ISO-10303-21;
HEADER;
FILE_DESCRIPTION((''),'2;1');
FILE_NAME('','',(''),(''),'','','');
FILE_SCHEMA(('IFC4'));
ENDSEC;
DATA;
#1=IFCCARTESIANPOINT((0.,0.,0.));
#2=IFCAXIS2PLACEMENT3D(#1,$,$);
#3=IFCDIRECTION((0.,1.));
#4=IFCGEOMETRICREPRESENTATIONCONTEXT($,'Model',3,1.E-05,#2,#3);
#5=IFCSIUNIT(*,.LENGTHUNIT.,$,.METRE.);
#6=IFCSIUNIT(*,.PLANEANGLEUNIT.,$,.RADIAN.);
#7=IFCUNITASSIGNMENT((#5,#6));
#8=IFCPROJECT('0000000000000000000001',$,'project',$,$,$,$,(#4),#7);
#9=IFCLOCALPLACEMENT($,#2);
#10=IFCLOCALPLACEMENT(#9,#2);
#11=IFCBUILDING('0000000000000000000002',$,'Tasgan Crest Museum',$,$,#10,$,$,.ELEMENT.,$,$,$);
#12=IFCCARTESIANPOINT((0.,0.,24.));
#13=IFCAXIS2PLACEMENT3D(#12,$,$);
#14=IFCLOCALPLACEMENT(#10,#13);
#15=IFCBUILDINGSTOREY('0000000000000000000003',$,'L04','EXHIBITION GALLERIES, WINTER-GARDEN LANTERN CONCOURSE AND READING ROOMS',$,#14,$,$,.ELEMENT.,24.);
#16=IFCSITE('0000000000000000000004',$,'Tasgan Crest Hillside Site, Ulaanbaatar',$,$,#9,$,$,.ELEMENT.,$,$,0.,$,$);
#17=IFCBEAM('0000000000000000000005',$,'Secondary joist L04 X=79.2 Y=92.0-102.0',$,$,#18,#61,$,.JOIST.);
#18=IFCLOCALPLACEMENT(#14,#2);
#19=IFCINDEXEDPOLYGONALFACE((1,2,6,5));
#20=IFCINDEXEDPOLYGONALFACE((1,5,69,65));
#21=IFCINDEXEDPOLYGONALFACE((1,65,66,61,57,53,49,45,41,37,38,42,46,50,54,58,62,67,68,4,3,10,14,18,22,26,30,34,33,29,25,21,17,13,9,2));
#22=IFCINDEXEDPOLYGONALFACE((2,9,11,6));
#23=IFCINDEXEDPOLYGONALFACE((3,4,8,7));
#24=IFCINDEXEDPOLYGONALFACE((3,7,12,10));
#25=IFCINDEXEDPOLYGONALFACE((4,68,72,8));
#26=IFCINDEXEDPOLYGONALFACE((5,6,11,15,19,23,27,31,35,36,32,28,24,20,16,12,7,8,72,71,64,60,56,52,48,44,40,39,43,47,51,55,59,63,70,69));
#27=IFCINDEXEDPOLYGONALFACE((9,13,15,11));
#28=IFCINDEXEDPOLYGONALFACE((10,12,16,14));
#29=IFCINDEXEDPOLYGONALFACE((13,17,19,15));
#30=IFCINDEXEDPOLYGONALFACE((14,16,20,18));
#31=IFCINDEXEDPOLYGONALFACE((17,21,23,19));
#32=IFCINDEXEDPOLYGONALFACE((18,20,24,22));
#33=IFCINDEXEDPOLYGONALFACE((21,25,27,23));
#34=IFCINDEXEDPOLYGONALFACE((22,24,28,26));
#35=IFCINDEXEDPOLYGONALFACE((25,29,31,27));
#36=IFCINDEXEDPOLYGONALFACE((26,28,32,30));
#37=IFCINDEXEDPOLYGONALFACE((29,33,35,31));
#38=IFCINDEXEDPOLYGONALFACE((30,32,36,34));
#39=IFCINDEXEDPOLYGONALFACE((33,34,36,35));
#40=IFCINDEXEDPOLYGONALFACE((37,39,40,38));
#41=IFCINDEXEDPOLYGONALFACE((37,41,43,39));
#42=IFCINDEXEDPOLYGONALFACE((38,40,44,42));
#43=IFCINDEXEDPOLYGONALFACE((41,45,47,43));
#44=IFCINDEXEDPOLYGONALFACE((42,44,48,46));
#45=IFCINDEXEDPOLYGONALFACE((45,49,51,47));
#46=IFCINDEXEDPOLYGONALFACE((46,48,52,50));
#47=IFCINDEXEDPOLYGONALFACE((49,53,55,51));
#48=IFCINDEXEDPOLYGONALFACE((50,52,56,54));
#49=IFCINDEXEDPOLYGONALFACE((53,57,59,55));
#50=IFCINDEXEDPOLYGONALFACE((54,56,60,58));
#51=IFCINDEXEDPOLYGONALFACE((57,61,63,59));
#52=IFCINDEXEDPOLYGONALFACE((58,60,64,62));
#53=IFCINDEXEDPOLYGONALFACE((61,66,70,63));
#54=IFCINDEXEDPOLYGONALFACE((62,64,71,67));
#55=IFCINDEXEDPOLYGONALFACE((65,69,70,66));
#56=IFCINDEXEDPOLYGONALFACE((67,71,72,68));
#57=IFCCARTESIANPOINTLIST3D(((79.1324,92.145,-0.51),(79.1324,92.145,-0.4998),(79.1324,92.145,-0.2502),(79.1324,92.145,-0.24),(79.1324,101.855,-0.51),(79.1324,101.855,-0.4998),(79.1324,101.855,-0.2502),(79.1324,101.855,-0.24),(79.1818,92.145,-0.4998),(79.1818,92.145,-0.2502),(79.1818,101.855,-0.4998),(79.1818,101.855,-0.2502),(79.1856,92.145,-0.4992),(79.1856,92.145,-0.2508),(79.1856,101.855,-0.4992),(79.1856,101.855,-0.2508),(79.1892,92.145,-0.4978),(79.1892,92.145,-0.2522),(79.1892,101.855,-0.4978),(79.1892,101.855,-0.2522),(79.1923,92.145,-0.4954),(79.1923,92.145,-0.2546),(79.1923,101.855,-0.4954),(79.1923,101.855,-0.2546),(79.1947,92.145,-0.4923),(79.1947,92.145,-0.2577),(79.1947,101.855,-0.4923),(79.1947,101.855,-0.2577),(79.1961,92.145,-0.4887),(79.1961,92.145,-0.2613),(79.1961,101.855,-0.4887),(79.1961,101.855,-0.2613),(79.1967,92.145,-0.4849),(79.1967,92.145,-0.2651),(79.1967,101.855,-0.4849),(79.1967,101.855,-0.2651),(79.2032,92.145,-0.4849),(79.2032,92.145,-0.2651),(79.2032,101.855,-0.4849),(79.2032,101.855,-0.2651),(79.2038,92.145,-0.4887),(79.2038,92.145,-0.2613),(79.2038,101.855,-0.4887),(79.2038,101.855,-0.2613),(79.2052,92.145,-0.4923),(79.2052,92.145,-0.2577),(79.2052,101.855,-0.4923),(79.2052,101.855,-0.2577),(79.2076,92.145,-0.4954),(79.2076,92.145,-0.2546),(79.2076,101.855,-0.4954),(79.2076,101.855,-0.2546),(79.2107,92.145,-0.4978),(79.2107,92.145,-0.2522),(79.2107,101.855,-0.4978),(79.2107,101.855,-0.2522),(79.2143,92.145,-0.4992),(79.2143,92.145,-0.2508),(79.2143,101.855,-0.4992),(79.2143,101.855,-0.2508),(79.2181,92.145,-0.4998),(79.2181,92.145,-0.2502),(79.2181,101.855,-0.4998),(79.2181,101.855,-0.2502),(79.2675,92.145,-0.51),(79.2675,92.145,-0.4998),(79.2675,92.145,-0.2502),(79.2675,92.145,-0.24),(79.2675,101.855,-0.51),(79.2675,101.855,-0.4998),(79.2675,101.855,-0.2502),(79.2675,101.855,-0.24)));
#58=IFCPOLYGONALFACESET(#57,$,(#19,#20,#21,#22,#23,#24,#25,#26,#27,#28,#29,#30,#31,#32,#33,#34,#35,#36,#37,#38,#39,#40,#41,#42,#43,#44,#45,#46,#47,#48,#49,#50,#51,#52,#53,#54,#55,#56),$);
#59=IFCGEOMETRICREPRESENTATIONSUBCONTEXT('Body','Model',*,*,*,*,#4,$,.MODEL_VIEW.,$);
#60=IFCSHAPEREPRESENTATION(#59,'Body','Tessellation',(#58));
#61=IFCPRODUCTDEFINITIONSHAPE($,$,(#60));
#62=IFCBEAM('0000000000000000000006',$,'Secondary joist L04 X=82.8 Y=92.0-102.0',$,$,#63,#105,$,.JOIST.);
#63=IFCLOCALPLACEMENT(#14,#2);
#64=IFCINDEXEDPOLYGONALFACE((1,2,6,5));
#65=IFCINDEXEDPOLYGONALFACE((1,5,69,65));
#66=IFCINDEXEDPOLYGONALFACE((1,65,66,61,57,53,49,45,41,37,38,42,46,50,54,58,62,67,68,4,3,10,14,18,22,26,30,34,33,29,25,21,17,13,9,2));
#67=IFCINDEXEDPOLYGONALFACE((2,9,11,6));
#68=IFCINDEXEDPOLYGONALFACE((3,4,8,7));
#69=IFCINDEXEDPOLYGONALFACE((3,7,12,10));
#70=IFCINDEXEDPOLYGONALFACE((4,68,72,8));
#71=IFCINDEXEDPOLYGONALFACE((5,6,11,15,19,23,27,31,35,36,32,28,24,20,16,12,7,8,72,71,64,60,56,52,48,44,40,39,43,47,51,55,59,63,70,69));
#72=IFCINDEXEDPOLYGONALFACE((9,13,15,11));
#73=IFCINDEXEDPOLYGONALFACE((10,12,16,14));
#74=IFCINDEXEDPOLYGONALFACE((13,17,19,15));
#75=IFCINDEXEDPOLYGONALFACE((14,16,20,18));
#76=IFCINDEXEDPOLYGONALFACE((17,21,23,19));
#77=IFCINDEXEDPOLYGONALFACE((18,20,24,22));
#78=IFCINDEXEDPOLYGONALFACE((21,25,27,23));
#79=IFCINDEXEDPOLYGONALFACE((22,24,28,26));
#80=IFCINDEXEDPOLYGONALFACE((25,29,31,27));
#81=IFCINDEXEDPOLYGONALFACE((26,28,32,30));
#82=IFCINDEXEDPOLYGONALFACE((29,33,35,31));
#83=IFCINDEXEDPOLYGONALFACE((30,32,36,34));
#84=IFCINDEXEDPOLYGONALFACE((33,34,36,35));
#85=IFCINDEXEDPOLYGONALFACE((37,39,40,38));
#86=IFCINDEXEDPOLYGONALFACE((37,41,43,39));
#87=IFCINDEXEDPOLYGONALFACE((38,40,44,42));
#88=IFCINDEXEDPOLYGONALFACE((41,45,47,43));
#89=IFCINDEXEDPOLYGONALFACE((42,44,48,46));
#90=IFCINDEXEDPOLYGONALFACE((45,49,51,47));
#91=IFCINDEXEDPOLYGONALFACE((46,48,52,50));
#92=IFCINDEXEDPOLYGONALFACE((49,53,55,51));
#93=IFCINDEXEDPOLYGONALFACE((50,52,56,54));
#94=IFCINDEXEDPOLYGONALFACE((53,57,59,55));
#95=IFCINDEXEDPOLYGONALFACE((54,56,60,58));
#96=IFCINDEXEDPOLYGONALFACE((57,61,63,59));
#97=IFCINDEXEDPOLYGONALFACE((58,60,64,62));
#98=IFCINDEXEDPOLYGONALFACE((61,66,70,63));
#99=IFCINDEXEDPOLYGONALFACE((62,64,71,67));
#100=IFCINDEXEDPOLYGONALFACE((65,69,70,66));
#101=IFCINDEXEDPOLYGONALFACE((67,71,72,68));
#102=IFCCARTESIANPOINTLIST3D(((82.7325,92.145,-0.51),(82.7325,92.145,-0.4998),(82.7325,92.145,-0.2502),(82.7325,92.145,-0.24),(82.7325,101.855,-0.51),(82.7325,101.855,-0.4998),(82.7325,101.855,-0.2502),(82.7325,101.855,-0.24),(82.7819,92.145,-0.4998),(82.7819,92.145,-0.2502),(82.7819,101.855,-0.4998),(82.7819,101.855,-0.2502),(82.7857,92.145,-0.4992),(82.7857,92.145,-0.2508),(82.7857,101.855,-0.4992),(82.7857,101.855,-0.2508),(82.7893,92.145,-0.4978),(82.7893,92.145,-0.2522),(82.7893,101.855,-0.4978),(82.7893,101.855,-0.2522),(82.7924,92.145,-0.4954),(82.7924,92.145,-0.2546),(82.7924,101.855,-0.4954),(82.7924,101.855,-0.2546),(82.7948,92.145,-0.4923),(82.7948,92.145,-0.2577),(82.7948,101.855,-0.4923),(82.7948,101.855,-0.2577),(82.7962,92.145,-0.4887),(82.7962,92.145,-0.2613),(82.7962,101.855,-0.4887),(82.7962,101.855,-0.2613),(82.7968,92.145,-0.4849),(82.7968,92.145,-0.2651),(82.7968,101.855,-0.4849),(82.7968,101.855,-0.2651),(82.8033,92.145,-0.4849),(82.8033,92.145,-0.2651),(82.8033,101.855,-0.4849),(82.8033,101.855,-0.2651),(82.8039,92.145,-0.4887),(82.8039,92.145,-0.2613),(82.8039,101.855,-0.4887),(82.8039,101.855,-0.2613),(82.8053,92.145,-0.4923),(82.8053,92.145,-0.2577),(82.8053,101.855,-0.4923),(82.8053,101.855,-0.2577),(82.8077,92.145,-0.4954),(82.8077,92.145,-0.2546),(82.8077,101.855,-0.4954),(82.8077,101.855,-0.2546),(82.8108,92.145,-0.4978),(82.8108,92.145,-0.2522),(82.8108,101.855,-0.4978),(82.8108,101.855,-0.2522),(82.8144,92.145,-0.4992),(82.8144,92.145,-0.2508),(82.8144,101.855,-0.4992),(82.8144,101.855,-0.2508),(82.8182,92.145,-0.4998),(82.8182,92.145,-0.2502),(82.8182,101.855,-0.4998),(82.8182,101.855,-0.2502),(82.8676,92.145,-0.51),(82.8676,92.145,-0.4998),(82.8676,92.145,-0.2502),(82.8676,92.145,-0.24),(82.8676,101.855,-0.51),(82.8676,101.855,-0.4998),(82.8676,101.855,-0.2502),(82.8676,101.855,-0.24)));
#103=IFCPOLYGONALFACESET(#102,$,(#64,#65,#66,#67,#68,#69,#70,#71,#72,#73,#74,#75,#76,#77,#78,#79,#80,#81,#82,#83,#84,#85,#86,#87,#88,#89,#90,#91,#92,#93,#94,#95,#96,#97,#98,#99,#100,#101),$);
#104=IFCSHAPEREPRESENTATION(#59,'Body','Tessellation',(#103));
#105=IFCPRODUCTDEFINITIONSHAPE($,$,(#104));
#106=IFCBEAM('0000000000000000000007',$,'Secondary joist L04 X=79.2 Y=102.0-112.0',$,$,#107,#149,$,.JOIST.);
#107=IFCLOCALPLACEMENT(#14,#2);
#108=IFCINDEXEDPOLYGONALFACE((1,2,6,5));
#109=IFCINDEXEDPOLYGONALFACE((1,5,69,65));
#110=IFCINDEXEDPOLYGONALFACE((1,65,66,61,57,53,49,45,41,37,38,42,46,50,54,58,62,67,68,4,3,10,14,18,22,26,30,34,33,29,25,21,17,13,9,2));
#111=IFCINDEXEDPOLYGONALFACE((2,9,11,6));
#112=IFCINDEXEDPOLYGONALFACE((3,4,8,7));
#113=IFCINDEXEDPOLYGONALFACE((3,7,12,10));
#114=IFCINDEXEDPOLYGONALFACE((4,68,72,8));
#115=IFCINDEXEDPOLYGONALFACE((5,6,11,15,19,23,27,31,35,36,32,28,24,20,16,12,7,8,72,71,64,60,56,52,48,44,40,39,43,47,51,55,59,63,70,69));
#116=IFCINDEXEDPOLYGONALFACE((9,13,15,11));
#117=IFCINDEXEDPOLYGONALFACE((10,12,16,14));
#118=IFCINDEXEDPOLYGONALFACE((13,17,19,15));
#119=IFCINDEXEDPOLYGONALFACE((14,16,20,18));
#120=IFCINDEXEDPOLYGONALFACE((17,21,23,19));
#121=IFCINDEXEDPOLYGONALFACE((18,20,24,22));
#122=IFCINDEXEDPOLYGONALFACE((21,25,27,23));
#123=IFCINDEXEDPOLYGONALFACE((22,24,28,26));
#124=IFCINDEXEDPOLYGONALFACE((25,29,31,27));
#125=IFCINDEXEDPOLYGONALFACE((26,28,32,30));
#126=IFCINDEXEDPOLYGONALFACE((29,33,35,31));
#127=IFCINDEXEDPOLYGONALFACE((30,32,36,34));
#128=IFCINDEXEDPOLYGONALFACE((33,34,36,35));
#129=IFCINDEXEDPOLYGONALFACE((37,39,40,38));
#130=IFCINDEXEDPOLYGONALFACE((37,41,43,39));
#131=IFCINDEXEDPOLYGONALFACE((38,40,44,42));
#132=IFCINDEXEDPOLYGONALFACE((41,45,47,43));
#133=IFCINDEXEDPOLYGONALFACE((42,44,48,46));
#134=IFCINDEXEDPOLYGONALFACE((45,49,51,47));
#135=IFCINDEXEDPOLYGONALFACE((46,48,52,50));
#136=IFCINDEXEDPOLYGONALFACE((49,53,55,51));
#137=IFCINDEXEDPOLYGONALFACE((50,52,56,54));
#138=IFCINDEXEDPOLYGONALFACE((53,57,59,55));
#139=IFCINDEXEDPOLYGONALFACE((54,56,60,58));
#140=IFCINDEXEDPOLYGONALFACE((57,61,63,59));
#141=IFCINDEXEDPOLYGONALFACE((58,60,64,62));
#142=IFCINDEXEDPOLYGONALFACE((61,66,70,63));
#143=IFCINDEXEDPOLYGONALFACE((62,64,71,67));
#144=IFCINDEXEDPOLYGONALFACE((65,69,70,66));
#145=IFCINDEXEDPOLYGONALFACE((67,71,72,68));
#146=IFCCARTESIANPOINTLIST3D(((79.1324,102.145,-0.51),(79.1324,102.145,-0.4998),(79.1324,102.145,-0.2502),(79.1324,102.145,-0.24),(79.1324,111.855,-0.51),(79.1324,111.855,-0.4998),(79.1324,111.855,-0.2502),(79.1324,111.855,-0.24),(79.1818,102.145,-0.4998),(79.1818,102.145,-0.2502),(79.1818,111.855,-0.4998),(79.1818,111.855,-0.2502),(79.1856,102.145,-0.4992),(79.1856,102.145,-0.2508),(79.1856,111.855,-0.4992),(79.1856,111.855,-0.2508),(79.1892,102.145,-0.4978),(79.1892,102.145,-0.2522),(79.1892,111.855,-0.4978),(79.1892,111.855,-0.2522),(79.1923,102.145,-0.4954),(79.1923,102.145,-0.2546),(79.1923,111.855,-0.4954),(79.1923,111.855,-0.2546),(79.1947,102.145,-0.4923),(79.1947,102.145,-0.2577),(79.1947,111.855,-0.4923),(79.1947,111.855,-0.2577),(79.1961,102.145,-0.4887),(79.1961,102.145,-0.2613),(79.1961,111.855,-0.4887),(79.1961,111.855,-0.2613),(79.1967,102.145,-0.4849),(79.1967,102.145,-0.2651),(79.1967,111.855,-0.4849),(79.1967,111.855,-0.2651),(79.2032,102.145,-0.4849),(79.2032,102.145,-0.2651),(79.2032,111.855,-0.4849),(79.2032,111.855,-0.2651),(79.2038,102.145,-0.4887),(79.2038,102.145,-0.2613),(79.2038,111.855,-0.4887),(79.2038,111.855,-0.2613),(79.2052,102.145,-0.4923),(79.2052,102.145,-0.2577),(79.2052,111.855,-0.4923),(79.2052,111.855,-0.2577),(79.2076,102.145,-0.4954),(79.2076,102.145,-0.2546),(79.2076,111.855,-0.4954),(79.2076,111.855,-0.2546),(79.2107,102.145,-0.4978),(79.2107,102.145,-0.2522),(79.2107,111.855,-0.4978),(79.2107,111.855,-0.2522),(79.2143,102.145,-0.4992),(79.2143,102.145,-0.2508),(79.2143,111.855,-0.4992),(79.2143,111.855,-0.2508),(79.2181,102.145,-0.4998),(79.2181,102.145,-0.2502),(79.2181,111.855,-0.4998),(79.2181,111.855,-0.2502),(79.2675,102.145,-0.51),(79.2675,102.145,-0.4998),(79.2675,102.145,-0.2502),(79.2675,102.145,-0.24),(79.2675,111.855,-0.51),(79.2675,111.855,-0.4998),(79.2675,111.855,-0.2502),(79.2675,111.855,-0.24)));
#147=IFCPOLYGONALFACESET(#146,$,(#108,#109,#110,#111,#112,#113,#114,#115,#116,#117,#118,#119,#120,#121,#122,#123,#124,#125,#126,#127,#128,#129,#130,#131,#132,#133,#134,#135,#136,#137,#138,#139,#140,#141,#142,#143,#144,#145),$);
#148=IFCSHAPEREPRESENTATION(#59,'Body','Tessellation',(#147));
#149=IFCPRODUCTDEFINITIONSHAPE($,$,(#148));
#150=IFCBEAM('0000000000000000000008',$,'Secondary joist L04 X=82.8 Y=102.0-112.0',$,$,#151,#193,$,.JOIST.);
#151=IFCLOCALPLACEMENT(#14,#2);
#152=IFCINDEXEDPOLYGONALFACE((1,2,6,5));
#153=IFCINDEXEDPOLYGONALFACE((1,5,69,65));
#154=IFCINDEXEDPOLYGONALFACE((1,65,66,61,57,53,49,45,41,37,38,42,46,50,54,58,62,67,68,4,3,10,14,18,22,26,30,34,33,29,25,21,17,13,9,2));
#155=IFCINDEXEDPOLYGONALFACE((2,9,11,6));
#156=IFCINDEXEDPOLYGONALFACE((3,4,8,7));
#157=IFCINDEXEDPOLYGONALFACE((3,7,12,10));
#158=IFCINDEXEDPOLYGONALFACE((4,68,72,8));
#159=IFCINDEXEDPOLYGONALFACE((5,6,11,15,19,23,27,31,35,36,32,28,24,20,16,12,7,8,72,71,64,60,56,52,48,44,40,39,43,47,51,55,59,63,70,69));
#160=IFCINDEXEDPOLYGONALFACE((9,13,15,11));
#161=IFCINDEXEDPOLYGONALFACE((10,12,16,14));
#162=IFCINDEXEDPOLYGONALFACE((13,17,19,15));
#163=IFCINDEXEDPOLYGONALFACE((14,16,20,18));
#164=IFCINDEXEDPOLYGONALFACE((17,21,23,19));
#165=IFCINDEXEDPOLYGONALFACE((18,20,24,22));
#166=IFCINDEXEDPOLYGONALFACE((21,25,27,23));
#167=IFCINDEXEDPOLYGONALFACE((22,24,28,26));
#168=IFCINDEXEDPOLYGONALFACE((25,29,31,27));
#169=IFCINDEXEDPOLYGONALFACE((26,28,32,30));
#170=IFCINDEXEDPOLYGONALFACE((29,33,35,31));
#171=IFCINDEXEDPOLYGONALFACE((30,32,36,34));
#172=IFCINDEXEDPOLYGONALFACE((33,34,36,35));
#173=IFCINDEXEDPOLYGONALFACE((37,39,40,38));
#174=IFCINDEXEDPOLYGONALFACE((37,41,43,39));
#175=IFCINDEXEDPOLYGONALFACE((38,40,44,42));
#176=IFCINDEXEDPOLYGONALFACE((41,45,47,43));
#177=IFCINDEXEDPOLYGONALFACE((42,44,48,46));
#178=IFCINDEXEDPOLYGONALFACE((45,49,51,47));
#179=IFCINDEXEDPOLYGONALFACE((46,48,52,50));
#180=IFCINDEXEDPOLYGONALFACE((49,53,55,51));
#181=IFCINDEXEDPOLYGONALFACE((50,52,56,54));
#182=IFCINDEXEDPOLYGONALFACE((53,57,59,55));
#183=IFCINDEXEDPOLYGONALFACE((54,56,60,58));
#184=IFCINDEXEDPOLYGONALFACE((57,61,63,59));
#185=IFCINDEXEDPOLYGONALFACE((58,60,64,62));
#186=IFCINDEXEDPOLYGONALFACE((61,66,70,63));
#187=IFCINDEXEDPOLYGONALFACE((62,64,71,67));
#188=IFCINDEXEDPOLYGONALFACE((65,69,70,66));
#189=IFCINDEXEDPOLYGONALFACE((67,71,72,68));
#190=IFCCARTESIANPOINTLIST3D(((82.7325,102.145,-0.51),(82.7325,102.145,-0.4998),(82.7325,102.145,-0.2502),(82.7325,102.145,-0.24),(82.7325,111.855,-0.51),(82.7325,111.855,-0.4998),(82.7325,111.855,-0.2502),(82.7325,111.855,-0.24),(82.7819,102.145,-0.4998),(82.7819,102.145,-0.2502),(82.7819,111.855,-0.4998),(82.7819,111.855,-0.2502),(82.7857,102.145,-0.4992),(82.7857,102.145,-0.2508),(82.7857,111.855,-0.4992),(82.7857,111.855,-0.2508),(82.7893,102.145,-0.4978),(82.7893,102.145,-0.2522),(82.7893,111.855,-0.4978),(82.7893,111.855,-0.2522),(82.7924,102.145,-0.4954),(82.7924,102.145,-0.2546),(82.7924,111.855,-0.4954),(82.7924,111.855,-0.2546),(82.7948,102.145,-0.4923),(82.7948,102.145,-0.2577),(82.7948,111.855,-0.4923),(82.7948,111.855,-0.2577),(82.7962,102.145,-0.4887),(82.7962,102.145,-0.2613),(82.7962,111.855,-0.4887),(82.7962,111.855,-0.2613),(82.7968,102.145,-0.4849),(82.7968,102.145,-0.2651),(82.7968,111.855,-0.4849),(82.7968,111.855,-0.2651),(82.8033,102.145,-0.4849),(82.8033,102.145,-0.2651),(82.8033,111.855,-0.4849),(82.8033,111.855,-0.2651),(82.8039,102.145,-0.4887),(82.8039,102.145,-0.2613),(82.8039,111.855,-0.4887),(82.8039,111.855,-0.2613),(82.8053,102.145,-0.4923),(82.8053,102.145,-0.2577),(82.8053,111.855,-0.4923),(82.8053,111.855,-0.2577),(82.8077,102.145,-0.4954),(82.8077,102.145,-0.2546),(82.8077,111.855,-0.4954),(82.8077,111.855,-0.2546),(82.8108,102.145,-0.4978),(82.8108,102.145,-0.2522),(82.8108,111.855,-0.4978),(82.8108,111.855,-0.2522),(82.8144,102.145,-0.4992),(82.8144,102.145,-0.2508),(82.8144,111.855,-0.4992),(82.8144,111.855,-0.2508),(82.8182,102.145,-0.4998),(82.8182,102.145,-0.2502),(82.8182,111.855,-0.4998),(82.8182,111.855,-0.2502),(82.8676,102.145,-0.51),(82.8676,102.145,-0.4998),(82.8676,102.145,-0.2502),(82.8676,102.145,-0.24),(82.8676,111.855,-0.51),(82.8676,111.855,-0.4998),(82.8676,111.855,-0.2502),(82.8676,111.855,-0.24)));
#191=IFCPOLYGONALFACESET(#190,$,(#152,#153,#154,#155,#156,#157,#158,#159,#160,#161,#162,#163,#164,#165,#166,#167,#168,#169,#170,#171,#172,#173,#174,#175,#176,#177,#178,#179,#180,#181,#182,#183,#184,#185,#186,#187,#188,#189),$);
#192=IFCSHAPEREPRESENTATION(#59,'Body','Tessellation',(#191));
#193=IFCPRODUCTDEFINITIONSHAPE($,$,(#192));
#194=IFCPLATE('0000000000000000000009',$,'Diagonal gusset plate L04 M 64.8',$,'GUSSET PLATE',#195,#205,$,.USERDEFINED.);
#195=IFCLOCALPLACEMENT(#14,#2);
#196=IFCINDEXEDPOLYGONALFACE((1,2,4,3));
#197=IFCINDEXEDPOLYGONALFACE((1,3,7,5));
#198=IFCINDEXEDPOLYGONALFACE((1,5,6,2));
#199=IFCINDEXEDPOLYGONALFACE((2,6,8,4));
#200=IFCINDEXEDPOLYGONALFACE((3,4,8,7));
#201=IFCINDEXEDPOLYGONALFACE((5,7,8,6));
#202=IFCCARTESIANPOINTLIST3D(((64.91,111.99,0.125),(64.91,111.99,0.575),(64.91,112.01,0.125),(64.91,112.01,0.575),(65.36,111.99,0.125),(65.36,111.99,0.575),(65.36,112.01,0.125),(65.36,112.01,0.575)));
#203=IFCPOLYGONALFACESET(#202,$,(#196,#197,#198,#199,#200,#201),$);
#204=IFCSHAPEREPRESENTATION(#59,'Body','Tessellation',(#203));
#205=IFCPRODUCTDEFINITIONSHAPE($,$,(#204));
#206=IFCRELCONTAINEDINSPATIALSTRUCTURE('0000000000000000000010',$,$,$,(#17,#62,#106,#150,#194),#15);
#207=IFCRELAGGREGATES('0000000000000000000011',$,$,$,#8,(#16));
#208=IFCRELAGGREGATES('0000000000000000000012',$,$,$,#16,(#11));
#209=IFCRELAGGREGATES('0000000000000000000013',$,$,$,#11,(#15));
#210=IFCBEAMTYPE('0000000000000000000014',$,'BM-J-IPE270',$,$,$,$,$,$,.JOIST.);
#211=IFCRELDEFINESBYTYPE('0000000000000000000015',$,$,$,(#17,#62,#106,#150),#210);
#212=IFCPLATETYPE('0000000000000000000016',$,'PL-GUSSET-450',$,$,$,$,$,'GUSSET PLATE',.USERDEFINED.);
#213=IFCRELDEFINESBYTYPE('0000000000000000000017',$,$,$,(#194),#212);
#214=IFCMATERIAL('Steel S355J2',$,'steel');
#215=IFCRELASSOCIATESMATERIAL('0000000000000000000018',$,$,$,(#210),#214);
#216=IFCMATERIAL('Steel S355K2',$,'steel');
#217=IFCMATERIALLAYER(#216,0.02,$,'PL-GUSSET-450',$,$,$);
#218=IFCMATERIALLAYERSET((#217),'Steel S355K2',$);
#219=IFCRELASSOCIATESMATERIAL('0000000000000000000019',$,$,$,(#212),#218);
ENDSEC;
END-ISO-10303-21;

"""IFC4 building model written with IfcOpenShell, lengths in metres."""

from ifc_helpers import new_model, si_unit, direction, frame, origin, origin_2d, place, context, subcontext, project, spatial, rectangle, i_section, extrude, material, layer, layer_set, material_profile, profile_set, type_object, element, save


model = new_model("IFC4")

# Units and contexts
model_context = context("Model", 3, precision=1e-05, world=origin(), true_north=direction((0.0, 1.0)))
body_context = subcontext(model_context, "Body", "Model", "MODEL_VIEW")
ifc_project = project(units=[si_unit("LENGTHUNIT", "METRE"), si_unit("PLANEANGLEUNIT", "RADIAN")], contexts=[model_context])

# Site, building, storey
site_placement = place(None, origin())
site = spatial("IfcSite", under=ifc_project, at=site_placement, Name="Tasgan Crest Hillside Site, Ulaanbaatar", CompositionType="ELEMENT", RefElevation=0.0)
building_placement = place(site_placement, origin())
building = spatial("IfcBuilding", under=site, at=building_placement, Name="Tasgan Crest Museum", CompositionType="ELEMENT")
storey_placement = place(building_placement, frame((0.0, 0.0, 24.0)))
storey = spatial("IfcBuildingStorey", under=building, at=storey_placement, Name="L04", Description="EXHIBITION GALLERIES, WINTER-GARDEN LANTERN CONCOURSE AND READING ROOMS", CompositionType="ELEMENT", Elevation=24.0)

# Beams
ifc_material_1 = material(Name="Steel S355J2", Category="steel")
ifc_material_profile_1 = material_profile(ifc_material_1, i_section(OverallWidth=0.135, OverallDepth=0.27, WebThickness=0.0066, FlangeThickness=0.0103, FilletRadius=0.0149, at=origin_2d()), Name="IPE 270")
ifc_profile_set_1 = profile_set([ifc_material_profile_1], Name="Steel S355J2")
beam_type_1 = type_object("IfcBeamType", Name="BM-J-IPE270", PredefinedType="JOIST", material=ifc_profile_set_1)
for number, where, z_axis, x_axis, name in (
    (1, (79.2, 92.145, -0.375), (0.0, 1.0, 0.0), (-1.0, 0.0, 0.0), "Secondary joist L04 X=79.2 Y=92.0-102.0"),
    (2, (82.8, 92.145, -0.375), (0.0, 1.0, 0.0), (-1.0, 0.0, 0.0), "Secondary joist L04 X=82.8 Y=92.0-102.0"),
    (3, (79.2, 102.145, -0.375), (0.0, 1.0, 0.0), (-1.0, 0.0, 0.0), "Secondary joist L04 X=79.2 Y=102.0-112.0"),
    (4, (82.8, 102.145, -0.375), (0.0, 1.0, 0.0), (-1.0, 0.0, 0.0), "Secondary joist L04 X=82.8 Y=102.0-112.0"),
):
    element("IfcBeam", number, at=place(storey_placement, frame(where, z_axis=z_axis, x_axis=x_axis)), inside=storey, type_object=beam_type_1, Name=name, PredefinedType="JOIST", context=body_context, shape_type="SweptSolid", body=[
        extrude(i_section(OverallWidth=0.135, OverallDepth=0.27, WebThickness=0.0066, FlangeThickness=0.0103, FilletRadius=0.0149, at=origin_2d()), origin(), (0.0, 0.0, 1.0), 9.71),
    ])

# Plate
ifc_material_2 = material(Name="Steel S355K2", Category="steel")
ifc_layer_1 = layer(ifc_material_2, 0.02, Name="PL-GUSSET-450")
ifc_layer_set_1 = layer_set([ifc_layer_1], Name="Steel S355K2")
plate_type = type_object("IfcPlateType", Name="PL-GUSSET-450", ElementType="GUSSET PLATE", PredefinedType="USERDEFINED", material=ifc_layer_set_1)
plate_placement = place(storey_placement, frame((65.135, 112.0, 0.125), z_axis=(0.0, 0.0, 1.0), x_axis=(1.0, 0.0, 0.0)))
element("IfcPlate", 5, at=plate_placement, inside=storey, type_object=plate_type, Name="Diagonal gusset plate L04 M 64.8", ObjectType="GUSSET PLATE", PredefinedType="USERDEFINED", context=body_context, shape_type="SweptSolid", body=[
    extrude(rectangle(XDim=0.45, YDim=0.02, at=origin_2d()), origin(), (0.0, 0.0, 1.0), 0.45),
])

save(model, "model.ifc")
